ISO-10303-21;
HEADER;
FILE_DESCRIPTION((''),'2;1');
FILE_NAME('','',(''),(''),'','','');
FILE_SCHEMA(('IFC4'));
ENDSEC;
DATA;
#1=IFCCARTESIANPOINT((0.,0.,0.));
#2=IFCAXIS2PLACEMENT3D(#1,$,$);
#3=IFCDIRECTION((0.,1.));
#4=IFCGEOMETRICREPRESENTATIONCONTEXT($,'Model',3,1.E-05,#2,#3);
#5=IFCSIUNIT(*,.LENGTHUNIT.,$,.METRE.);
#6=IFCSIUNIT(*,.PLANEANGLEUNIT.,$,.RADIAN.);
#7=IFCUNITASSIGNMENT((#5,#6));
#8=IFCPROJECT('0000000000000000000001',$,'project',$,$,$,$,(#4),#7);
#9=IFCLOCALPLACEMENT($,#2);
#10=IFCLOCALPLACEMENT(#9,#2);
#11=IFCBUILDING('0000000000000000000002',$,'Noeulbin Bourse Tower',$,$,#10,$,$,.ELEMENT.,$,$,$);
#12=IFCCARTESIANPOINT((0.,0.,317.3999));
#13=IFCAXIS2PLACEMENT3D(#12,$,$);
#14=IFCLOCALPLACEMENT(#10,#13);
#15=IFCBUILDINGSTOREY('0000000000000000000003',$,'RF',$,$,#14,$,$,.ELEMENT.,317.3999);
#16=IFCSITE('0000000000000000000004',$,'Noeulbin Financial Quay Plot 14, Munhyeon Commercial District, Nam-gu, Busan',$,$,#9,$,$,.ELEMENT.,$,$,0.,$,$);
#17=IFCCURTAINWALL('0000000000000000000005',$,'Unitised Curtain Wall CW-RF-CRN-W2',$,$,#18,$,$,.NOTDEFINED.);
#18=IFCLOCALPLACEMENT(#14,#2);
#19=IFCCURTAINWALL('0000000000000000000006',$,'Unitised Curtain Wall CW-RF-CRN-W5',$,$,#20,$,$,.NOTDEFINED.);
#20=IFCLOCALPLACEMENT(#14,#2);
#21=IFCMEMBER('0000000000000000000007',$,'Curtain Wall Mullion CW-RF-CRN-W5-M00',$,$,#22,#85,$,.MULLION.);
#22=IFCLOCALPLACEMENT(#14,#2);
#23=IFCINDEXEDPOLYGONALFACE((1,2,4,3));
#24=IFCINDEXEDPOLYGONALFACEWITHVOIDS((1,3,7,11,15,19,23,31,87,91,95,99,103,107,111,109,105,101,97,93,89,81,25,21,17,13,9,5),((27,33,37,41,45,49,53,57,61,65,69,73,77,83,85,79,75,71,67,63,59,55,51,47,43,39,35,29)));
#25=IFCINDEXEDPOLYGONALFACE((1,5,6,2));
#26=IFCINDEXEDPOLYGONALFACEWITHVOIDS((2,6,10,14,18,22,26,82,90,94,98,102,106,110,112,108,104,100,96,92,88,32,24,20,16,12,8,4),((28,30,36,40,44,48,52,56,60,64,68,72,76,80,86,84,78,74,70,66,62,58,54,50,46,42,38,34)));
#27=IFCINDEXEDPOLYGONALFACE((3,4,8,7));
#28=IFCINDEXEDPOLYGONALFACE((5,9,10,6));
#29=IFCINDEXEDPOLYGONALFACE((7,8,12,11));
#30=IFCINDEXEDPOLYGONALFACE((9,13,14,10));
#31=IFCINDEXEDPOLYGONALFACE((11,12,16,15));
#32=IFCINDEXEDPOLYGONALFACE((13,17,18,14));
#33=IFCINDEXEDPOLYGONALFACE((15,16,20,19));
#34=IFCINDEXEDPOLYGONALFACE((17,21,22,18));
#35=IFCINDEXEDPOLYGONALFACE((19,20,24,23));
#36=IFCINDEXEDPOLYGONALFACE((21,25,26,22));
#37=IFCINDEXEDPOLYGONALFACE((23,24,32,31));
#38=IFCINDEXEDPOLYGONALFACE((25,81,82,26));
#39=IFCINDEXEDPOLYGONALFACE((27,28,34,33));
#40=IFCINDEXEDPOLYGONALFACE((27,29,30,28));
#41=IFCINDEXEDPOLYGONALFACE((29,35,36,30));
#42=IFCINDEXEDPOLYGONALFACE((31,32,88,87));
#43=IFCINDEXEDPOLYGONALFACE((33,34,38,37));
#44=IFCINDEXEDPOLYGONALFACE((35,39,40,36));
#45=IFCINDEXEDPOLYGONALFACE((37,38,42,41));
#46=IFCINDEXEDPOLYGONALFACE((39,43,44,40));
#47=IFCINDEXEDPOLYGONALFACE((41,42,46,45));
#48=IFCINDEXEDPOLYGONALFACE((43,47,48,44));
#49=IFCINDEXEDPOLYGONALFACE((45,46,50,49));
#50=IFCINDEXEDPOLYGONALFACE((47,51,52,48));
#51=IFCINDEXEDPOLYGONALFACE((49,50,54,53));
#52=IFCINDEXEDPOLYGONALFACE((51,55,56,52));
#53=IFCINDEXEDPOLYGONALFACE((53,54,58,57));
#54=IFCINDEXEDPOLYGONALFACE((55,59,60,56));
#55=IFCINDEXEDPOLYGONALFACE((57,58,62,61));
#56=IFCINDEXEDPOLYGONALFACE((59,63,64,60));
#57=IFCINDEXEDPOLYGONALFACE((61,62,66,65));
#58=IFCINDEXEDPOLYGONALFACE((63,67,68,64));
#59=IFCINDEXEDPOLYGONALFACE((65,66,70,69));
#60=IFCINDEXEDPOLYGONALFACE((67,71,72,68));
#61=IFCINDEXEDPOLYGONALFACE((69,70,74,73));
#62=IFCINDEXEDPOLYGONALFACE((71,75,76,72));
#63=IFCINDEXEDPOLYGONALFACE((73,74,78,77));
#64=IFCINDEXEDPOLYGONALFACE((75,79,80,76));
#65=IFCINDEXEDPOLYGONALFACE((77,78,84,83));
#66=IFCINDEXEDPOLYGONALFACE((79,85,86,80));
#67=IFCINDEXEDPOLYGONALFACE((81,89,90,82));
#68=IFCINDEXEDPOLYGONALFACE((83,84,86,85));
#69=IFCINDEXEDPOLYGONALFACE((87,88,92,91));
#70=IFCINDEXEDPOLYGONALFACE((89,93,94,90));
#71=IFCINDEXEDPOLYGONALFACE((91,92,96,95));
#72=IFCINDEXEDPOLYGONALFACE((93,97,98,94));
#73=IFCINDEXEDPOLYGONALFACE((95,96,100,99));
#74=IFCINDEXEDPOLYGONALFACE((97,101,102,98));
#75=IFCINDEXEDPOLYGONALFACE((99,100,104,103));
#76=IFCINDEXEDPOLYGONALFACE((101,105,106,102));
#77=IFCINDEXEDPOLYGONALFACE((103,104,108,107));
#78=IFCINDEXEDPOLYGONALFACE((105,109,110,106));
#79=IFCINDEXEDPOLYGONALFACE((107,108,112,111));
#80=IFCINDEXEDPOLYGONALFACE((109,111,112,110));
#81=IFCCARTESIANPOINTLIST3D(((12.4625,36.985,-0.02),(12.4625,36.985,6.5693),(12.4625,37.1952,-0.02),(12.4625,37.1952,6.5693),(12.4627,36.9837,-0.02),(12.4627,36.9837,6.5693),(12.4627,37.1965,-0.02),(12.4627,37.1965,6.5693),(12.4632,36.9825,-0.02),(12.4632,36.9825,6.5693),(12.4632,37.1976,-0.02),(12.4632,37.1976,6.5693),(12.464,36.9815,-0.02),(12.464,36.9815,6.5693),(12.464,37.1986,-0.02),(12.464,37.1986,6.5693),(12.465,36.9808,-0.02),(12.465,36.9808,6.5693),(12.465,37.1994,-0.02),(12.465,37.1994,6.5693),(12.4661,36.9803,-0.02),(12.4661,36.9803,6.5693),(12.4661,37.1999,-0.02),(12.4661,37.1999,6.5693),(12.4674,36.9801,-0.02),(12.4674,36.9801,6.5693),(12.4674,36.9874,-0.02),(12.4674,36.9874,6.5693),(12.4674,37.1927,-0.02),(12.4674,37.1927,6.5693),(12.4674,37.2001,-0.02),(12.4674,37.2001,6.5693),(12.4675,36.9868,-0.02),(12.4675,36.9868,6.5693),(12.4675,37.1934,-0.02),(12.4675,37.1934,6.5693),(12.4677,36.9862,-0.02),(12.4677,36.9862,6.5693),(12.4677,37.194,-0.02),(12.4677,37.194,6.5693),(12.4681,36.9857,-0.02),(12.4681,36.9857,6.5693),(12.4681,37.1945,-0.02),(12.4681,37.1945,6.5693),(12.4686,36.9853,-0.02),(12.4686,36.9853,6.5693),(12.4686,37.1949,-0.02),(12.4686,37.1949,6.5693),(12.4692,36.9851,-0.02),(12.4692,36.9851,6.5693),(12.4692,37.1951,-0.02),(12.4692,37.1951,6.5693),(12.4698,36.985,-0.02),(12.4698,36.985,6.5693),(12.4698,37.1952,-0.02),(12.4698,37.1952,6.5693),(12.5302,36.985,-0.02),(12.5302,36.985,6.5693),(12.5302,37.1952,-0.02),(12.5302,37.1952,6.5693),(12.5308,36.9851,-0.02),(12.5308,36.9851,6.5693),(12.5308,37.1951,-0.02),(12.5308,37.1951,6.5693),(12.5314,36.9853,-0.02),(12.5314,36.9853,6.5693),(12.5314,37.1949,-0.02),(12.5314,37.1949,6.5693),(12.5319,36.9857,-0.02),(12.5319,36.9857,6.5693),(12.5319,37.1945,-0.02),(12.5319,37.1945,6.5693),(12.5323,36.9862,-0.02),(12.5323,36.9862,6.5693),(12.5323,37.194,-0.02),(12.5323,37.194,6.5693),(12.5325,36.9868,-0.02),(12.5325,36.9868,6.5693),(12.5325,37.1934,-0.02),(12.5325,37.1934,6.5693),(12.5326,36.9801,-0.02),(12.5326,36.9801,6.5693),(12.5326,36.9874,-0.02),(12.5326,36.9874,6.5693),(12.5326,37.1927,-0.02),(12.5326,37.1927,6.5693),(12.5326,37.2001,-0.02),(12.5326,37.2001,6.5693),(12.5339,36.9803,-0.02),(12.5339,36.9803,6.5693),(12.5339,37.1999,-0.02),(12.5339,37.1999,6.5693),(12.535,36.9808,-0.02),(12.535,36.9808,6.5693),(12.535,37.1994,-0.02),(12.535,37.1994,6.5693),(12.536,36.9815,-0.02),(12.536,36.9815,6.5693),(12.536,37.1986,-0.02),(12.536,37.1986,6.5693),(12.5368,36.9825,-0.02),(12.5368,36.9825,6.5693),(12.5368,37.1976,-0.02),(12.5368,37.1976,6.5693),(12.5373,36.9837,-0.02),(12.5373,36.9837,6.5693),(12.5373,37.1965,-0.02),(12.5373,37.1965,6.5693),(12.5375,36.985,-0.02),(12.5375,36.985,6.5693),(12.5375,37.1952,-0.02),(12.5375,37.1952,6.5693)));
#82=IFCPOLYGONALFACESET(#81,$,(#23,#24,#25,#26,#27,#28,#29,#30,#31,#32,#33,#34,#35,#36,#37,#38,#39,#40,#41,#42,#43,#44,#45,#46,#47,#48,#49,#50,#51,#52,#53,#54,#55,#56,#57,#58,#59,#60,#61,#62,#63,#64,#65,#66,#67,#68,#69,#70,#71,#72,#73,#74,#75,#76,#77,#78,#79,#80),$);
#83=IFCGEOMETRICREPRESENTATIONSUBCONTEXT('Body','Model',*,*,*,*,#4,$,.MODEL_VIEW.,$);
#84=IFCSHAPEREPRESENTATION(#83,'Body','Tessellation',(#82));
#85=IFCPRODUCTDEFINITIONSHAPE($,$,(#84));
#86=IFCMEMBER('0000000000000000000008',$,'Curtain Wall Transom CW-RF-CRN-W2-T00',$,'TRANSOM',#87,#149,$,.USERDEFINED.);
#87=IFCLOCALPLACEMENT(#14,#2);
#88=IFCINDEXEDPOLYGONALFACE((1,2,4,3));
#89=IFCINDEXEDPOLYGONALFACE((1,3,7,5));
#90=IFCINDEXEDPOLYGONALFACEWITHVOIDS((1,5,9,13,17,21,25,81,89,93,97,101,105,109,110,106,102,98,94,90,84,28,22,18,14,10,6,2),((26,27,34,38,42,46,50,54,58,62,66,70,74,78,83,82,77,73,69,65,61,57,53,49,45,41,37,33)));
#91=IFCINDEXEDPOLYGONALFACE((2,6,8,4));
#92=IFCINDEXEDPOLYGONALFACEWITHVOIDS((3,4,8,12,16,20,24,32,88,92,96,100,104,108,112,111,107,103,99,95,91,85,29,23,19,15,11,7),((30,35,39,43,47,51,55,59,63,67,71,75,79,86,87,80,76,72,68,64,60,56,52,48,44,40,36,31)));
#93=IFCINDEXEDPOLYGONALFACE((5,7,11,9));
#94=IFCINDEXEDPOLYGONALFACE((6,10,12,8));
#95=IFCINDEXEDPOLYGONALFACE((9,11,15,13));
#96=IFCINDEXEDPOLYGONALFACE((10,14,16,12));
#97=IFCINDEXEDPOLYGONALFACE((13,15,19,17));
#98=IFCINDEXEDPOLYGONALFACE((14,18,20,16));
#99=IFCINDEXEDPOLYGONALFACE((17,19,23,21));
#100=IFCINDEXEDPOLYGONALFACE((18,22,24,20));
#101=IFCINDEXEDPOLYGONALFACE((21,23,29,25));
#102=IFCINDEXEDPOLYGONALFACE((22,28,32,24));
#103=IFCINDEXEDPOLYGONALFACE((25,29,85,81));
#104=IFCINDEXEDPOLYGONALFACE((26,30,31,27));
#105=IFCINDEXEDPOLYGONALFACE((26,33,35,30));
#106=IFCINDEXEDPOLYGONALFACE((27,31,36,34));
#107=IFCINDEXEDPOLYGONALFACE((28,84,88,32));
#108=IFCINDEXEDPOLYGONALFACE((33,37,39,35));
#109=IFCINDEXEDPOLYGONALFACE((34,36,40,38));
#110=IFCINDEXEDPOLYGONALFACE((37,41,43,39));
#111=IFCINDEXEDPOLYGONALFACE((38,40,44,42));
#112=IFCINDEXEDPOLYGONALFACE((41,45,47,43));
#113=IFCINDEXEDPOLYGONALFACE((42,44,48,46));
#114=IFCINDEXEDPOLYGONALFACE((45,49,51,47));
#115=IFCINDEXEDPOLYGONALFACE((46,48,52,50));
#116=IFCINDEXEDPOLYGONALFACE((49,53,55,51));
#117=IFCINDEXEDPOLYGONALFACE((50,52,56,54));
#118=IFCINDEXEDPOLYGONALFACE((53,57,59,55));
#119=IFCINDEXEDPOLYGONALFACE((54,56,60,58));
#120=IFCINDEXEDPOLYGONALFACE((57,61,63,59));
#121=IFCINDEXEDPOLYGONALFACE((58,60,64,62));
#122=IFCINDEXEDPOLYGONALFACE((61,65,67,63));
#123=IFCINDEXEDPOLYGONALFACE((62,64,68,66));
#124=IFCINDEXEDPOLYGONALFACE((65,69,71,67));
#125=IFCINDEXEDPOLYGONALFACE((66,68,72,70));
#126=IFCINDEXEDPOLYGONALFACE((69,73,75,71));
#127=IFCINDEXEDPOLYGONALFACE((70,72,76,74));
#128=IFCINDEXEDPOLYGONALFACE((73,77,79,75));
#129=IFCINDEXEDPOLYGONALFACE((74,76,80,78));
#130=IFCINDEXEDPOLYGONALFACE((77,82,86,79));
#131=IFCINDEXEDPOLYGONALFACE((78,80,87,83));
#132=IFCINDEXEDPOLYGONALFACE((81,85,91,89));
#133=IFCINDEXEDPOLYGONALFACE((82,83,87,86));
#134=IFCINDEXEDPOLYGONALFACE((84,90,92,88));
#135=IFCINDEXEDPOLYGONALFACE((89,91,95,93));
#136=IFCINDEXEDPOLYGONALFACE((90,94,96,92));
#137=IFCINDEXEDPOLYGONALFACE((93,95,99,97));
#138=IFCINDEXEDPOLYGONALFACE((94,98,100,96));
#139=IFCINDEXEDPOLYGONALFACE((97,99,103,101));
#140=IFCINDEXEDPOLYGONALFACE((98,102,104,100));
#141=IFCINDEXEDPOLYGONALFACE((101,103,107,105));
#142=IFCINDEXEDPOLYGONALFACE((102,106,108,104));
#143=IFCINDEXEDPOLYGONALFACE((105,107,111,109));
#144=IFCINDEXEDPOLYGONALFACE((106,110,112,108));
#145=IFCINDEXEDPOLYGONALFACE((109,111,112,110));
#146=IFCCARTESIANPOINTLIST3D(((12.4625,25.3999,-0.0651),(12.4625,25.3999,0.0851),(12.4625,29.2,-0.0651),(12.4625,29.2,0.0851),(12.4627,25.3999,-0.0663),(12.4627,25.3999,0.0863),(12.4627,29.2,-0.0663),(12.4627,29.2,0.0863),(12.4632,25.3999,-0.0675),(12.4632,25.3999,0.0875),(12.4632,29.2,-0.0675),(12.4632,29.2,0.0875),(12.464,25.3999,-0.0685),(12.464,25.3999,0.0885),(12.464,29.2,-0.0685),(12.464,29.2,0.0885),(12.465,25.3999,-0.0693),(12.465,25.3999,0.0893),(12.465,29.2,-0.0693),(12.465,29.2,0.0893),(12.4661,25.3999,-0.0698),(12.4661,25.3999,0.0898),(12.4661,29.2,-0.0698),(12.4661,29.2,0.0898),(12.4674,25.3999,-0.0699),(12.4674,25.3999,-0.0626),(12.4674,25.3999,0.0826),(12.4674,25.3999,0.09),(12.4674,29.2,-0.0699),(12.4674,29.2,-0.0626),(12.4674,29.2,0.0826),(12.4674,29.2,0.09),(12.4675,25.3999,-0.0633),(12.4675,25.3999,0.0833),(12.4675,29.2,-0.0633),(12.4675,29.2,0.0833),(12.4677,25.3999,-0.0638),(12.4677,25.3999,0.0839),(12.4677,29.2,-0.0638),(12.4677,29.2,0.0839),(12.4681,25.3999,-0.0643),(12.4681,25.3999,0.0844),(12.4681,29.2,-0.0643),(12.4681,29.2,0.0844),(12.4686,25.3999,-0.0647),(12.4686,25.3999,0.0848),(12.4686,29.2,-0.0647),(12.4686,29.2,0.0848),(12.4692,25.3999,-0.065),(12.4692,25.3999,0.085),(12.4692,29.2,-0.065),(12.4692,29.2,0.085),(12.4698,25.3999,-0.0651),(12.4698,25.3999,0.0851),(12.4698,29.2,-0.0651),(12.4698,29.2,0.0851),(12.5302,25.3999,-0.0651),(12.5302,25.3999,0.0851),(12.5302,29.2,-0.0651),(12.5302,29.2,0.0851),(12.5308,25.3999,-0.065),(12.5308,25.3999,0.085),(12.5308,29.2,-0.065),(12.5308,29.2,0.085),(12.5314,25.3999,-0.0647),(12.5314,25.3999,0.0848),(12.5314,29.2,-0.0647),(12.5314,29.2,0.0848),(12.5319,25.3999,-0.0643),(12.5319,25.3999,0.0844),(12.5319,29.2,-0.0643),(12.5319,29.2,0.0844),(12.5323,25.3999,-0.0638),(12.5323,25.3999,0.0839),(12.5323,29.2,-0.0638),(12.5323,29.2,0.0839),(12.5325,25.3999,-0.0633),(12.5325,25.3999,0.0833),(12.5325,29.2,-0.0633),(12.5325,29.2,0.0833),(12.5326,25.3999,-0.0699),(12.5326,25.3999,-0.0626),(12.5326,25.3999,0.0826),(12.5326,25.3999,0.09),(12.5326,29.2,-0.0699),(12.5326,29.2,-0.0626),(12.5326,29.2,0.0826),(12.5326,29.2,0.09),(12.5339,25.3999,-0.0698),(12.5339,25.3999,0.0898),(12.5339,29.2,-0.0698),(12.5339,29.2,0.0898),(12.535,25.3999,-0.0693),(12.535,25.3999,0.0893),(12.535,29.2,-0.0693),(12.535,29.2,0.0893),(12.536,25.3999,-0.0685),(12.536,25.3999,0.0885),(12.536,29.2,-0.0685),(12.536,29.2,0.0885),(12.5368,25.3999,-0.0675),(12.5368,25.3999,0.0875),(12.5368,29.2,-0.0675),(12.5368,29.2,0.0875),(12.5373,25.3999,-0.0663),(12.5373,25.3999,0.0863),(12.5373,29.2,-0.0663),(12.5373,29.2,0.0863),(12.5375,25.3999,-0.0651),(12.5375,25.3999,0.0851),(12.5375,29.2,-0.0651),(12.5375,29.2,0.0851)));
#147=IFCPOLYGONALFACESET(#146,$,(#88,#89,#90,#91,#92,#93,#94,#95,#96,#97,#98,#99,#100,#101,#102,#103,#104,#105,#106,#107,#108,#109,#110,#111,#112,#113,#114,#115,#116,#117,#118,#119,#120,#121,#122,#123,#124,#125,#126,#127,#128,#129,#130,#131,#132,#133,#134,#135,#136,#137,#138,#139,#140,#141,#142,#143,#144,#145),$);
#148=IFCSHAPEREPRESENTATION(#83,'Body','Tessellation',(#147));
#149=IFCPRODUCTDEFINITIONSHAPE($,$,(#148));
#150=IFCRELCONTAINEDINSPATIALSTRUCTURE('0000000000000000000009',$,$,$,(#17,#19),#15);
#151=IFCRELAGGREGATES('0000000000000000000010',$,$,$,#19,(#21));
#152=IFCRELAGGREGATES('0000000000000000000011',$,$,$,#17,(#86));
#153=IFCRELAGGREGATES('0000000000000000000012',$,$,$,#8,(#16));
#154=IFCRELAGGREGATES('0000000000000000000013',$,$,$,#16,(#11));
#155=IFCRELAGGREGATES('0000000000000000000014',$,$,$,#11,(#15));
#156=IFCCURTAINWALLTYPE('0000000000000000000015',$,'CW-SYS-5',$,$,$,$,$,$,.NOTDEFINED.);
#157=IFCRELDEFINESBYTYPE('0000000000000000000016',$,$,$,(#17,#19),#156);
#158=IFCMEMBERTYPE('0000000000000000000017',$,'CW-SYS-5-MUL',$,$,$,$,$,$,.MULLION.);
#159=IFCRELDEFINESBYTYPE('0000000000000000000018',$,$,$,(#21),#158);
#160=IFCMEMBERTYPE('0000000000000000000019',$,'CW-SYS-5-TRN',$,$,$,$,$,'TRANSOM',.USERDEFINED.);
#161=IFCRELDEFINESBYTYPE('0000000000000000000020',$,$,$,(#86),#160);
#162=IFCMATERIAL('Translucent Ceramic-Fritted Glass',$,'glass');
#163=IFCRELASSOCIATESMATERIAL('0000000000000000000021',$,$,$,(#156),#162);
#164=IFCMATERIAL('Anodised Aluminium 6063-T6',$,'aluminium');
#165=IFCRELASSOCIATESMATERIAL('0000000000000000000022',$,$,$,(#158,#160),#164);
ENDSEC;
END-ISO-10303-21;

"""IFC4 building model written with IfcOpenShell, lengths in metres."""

from ifc_helpers import new_model, si_unit, direction, frame, origin, origin_2d, place, context, subcontext, project, spatial, hollow_rectangle, extrude, material, material_profile, profile_set, type_object, element, aggregate, save


model = new_model("IFC4")

# Units and contexts
model_context = context("Model", 3, precision=1e-05, world=origin(), true_north=direction((0.0, 1.0)))
body_context = subcontext(model_context, "Body", "Model", "MODEL_VIEW")
ifc_project = project(units=[si_unit("LENGTHUNIT", "METRE"), si_unit("PLANEANGLEUNIT", "RADIAN")], contexts=[model_context])

# Site, building, storey
site_placement = place(None, origin())
site = spatial("IfcSite", under=ifc_project, at=site_placement, Name="Noeulbin Financial Quay Plot 14, Munhyeon Commercial District, Nam-gu, Busan", CompositionType="ELEMENT", RefElevation=0.0)
building_placement = place(site_placement, origin())
building = spatial("IfcBuilding", under=site, at=building_placement, Name="Noeulbin Bourse Tower", CompositionType="ELEMENT")
storey_placement = place(building_placement, frame((0.0, 0.0, 317.3999)))
storey = spatial("IfcBuildingStorey", under=building, at=storey_placement, Name="RF", CompositionType="ELEMENT", Elevation=317.3999)

# Curtain wall
ifc_material_1 = material(Name="Translucent Ceramic-Fritted Glass", Category="glass")
curtain_wall_type = type_object("IfcCurtainWallType", Name="CW-SYS-5", PredefinedType="NOTDEFINED", material=ifc_material_1)
curtain_wall_1_placement = place(storey_placement, origin())
curtain_wall_1 = element("IfcCurtainWall", 1, at=curtain_wall_1_placement, inside=storey, type_object=curtain_wall_type, Name="Unitised Curtain Wall CW-RF-CRN-W2", PredefinedType="NOTDEFINED")
ifc_material_2 = material(Name="Anodised Aluminium 6063-T6", Category="aluminium")
ifc_material_profile_1 = material_profile(ifc_material_2, hollow_rectangle(XDim=0.075, YDim=0.22, WallThickness=0.0049, InnerFilletRadius=0.0024, OuterFilletRadius=0.0049, at=origin_2d()), Name="ALU-MULL-75x220x5", Category="LoadBearing")
ifc_profile_set_1 = profile_set([ifc_material_profile_1], Name="Anodised Aluminium 6063-T6")
member_type_1 = type_object("IfcMemberType", Name="CW-SYS-5-MUL", PredefinedType="MULLION", material=ifc_profile_set_1)

# Curtain wall, member
curtain_wall_2_placement = place(storey_placement, origin())
curtain_wall_2 = element("IfcCurtainWall", 2, at=curtain_wall_2_placement, inside=storey, type_object=curtain_wall_type, Name="Unitised Curtain Wall CW-RF-CRN-W5", PredefinedType="NOTDEFINED")
member_1_placement = place(storey_placement, frame((12.5, 37.0901, -0.02), z_axis=(0.0, 0.0, 1.0), x_axis=(1.0, 0.0, 0.0)))
member_1 = element("IfcMember", 3, at=member_1_placement, type_object=member_type_1, Name="Curtain Wall Mullion CW-RF-CRN-W5-M00", PredefinedType="MULLION", context=body_context, shape_type="SweptSolid", body=[
    extrude(hollow_rectangle(XDim=0.075, YDim=0.22, WallThickness=0.0049, InnerFilletRadius=0.0024, OuterFilletRadius=0.0049, at=origin_2d()), origin(), (0.0, 0.0, 1.0), 6.5894),
])
aggregate(curtain_wall_2, [member_1])

# Member
ifc_material_profile_2 = material_profile(ifc_material_2, hollow_rectangle(XDim=0.075, YDim=0.1599, WallThickness=0.0049, InnerFilletRadius=0.0024, OuterFilletRadius=0.0049, at=origin_2d()), Name="ALU-TRAN-75x160x5", Category="LoadBearing")
ifc_profile_set_2 = profile_set([ifc_material_profile_2], Name="Anodised Aluminium 6063-T6")
member_type_2 = type_object("IfcMemberType", Name="CW-SYS-5-TRN", ElementType="TRANSOM", PredefinedType="USERDEFINED", material=ifc_profile_set_2)
member_2_placement = place(storey_placement, frame((12.5, 25.3999, 0.01), z_axis=(0.0, 1.0, 0.0), x_axis=(-1.0, 0.0, 0.0)))
member_2 = element("IfcMember", 4, at=member_2_placement, type_object=member_type_2, Name="Curtain Wall Transom CW-RF-CRN-W2-T00", ObjectType="TRANSOM", PredefinedType="USERDEFINED", context=body_context, shape_type="SweptSolid", body=[
    extrude(hollow_rectangle(XDim=0.075, YDim=0.1599, WallThickness=0.0049, InnerFilletRadius=0.0024, OuterFilletRadius=0.0049, at=origin_2d()), origin(), (0.0, 0.0, 1.0), 3.8),
])

aggregate(curtain_wall_1, [member_2])

save(model, "model.ifc")
